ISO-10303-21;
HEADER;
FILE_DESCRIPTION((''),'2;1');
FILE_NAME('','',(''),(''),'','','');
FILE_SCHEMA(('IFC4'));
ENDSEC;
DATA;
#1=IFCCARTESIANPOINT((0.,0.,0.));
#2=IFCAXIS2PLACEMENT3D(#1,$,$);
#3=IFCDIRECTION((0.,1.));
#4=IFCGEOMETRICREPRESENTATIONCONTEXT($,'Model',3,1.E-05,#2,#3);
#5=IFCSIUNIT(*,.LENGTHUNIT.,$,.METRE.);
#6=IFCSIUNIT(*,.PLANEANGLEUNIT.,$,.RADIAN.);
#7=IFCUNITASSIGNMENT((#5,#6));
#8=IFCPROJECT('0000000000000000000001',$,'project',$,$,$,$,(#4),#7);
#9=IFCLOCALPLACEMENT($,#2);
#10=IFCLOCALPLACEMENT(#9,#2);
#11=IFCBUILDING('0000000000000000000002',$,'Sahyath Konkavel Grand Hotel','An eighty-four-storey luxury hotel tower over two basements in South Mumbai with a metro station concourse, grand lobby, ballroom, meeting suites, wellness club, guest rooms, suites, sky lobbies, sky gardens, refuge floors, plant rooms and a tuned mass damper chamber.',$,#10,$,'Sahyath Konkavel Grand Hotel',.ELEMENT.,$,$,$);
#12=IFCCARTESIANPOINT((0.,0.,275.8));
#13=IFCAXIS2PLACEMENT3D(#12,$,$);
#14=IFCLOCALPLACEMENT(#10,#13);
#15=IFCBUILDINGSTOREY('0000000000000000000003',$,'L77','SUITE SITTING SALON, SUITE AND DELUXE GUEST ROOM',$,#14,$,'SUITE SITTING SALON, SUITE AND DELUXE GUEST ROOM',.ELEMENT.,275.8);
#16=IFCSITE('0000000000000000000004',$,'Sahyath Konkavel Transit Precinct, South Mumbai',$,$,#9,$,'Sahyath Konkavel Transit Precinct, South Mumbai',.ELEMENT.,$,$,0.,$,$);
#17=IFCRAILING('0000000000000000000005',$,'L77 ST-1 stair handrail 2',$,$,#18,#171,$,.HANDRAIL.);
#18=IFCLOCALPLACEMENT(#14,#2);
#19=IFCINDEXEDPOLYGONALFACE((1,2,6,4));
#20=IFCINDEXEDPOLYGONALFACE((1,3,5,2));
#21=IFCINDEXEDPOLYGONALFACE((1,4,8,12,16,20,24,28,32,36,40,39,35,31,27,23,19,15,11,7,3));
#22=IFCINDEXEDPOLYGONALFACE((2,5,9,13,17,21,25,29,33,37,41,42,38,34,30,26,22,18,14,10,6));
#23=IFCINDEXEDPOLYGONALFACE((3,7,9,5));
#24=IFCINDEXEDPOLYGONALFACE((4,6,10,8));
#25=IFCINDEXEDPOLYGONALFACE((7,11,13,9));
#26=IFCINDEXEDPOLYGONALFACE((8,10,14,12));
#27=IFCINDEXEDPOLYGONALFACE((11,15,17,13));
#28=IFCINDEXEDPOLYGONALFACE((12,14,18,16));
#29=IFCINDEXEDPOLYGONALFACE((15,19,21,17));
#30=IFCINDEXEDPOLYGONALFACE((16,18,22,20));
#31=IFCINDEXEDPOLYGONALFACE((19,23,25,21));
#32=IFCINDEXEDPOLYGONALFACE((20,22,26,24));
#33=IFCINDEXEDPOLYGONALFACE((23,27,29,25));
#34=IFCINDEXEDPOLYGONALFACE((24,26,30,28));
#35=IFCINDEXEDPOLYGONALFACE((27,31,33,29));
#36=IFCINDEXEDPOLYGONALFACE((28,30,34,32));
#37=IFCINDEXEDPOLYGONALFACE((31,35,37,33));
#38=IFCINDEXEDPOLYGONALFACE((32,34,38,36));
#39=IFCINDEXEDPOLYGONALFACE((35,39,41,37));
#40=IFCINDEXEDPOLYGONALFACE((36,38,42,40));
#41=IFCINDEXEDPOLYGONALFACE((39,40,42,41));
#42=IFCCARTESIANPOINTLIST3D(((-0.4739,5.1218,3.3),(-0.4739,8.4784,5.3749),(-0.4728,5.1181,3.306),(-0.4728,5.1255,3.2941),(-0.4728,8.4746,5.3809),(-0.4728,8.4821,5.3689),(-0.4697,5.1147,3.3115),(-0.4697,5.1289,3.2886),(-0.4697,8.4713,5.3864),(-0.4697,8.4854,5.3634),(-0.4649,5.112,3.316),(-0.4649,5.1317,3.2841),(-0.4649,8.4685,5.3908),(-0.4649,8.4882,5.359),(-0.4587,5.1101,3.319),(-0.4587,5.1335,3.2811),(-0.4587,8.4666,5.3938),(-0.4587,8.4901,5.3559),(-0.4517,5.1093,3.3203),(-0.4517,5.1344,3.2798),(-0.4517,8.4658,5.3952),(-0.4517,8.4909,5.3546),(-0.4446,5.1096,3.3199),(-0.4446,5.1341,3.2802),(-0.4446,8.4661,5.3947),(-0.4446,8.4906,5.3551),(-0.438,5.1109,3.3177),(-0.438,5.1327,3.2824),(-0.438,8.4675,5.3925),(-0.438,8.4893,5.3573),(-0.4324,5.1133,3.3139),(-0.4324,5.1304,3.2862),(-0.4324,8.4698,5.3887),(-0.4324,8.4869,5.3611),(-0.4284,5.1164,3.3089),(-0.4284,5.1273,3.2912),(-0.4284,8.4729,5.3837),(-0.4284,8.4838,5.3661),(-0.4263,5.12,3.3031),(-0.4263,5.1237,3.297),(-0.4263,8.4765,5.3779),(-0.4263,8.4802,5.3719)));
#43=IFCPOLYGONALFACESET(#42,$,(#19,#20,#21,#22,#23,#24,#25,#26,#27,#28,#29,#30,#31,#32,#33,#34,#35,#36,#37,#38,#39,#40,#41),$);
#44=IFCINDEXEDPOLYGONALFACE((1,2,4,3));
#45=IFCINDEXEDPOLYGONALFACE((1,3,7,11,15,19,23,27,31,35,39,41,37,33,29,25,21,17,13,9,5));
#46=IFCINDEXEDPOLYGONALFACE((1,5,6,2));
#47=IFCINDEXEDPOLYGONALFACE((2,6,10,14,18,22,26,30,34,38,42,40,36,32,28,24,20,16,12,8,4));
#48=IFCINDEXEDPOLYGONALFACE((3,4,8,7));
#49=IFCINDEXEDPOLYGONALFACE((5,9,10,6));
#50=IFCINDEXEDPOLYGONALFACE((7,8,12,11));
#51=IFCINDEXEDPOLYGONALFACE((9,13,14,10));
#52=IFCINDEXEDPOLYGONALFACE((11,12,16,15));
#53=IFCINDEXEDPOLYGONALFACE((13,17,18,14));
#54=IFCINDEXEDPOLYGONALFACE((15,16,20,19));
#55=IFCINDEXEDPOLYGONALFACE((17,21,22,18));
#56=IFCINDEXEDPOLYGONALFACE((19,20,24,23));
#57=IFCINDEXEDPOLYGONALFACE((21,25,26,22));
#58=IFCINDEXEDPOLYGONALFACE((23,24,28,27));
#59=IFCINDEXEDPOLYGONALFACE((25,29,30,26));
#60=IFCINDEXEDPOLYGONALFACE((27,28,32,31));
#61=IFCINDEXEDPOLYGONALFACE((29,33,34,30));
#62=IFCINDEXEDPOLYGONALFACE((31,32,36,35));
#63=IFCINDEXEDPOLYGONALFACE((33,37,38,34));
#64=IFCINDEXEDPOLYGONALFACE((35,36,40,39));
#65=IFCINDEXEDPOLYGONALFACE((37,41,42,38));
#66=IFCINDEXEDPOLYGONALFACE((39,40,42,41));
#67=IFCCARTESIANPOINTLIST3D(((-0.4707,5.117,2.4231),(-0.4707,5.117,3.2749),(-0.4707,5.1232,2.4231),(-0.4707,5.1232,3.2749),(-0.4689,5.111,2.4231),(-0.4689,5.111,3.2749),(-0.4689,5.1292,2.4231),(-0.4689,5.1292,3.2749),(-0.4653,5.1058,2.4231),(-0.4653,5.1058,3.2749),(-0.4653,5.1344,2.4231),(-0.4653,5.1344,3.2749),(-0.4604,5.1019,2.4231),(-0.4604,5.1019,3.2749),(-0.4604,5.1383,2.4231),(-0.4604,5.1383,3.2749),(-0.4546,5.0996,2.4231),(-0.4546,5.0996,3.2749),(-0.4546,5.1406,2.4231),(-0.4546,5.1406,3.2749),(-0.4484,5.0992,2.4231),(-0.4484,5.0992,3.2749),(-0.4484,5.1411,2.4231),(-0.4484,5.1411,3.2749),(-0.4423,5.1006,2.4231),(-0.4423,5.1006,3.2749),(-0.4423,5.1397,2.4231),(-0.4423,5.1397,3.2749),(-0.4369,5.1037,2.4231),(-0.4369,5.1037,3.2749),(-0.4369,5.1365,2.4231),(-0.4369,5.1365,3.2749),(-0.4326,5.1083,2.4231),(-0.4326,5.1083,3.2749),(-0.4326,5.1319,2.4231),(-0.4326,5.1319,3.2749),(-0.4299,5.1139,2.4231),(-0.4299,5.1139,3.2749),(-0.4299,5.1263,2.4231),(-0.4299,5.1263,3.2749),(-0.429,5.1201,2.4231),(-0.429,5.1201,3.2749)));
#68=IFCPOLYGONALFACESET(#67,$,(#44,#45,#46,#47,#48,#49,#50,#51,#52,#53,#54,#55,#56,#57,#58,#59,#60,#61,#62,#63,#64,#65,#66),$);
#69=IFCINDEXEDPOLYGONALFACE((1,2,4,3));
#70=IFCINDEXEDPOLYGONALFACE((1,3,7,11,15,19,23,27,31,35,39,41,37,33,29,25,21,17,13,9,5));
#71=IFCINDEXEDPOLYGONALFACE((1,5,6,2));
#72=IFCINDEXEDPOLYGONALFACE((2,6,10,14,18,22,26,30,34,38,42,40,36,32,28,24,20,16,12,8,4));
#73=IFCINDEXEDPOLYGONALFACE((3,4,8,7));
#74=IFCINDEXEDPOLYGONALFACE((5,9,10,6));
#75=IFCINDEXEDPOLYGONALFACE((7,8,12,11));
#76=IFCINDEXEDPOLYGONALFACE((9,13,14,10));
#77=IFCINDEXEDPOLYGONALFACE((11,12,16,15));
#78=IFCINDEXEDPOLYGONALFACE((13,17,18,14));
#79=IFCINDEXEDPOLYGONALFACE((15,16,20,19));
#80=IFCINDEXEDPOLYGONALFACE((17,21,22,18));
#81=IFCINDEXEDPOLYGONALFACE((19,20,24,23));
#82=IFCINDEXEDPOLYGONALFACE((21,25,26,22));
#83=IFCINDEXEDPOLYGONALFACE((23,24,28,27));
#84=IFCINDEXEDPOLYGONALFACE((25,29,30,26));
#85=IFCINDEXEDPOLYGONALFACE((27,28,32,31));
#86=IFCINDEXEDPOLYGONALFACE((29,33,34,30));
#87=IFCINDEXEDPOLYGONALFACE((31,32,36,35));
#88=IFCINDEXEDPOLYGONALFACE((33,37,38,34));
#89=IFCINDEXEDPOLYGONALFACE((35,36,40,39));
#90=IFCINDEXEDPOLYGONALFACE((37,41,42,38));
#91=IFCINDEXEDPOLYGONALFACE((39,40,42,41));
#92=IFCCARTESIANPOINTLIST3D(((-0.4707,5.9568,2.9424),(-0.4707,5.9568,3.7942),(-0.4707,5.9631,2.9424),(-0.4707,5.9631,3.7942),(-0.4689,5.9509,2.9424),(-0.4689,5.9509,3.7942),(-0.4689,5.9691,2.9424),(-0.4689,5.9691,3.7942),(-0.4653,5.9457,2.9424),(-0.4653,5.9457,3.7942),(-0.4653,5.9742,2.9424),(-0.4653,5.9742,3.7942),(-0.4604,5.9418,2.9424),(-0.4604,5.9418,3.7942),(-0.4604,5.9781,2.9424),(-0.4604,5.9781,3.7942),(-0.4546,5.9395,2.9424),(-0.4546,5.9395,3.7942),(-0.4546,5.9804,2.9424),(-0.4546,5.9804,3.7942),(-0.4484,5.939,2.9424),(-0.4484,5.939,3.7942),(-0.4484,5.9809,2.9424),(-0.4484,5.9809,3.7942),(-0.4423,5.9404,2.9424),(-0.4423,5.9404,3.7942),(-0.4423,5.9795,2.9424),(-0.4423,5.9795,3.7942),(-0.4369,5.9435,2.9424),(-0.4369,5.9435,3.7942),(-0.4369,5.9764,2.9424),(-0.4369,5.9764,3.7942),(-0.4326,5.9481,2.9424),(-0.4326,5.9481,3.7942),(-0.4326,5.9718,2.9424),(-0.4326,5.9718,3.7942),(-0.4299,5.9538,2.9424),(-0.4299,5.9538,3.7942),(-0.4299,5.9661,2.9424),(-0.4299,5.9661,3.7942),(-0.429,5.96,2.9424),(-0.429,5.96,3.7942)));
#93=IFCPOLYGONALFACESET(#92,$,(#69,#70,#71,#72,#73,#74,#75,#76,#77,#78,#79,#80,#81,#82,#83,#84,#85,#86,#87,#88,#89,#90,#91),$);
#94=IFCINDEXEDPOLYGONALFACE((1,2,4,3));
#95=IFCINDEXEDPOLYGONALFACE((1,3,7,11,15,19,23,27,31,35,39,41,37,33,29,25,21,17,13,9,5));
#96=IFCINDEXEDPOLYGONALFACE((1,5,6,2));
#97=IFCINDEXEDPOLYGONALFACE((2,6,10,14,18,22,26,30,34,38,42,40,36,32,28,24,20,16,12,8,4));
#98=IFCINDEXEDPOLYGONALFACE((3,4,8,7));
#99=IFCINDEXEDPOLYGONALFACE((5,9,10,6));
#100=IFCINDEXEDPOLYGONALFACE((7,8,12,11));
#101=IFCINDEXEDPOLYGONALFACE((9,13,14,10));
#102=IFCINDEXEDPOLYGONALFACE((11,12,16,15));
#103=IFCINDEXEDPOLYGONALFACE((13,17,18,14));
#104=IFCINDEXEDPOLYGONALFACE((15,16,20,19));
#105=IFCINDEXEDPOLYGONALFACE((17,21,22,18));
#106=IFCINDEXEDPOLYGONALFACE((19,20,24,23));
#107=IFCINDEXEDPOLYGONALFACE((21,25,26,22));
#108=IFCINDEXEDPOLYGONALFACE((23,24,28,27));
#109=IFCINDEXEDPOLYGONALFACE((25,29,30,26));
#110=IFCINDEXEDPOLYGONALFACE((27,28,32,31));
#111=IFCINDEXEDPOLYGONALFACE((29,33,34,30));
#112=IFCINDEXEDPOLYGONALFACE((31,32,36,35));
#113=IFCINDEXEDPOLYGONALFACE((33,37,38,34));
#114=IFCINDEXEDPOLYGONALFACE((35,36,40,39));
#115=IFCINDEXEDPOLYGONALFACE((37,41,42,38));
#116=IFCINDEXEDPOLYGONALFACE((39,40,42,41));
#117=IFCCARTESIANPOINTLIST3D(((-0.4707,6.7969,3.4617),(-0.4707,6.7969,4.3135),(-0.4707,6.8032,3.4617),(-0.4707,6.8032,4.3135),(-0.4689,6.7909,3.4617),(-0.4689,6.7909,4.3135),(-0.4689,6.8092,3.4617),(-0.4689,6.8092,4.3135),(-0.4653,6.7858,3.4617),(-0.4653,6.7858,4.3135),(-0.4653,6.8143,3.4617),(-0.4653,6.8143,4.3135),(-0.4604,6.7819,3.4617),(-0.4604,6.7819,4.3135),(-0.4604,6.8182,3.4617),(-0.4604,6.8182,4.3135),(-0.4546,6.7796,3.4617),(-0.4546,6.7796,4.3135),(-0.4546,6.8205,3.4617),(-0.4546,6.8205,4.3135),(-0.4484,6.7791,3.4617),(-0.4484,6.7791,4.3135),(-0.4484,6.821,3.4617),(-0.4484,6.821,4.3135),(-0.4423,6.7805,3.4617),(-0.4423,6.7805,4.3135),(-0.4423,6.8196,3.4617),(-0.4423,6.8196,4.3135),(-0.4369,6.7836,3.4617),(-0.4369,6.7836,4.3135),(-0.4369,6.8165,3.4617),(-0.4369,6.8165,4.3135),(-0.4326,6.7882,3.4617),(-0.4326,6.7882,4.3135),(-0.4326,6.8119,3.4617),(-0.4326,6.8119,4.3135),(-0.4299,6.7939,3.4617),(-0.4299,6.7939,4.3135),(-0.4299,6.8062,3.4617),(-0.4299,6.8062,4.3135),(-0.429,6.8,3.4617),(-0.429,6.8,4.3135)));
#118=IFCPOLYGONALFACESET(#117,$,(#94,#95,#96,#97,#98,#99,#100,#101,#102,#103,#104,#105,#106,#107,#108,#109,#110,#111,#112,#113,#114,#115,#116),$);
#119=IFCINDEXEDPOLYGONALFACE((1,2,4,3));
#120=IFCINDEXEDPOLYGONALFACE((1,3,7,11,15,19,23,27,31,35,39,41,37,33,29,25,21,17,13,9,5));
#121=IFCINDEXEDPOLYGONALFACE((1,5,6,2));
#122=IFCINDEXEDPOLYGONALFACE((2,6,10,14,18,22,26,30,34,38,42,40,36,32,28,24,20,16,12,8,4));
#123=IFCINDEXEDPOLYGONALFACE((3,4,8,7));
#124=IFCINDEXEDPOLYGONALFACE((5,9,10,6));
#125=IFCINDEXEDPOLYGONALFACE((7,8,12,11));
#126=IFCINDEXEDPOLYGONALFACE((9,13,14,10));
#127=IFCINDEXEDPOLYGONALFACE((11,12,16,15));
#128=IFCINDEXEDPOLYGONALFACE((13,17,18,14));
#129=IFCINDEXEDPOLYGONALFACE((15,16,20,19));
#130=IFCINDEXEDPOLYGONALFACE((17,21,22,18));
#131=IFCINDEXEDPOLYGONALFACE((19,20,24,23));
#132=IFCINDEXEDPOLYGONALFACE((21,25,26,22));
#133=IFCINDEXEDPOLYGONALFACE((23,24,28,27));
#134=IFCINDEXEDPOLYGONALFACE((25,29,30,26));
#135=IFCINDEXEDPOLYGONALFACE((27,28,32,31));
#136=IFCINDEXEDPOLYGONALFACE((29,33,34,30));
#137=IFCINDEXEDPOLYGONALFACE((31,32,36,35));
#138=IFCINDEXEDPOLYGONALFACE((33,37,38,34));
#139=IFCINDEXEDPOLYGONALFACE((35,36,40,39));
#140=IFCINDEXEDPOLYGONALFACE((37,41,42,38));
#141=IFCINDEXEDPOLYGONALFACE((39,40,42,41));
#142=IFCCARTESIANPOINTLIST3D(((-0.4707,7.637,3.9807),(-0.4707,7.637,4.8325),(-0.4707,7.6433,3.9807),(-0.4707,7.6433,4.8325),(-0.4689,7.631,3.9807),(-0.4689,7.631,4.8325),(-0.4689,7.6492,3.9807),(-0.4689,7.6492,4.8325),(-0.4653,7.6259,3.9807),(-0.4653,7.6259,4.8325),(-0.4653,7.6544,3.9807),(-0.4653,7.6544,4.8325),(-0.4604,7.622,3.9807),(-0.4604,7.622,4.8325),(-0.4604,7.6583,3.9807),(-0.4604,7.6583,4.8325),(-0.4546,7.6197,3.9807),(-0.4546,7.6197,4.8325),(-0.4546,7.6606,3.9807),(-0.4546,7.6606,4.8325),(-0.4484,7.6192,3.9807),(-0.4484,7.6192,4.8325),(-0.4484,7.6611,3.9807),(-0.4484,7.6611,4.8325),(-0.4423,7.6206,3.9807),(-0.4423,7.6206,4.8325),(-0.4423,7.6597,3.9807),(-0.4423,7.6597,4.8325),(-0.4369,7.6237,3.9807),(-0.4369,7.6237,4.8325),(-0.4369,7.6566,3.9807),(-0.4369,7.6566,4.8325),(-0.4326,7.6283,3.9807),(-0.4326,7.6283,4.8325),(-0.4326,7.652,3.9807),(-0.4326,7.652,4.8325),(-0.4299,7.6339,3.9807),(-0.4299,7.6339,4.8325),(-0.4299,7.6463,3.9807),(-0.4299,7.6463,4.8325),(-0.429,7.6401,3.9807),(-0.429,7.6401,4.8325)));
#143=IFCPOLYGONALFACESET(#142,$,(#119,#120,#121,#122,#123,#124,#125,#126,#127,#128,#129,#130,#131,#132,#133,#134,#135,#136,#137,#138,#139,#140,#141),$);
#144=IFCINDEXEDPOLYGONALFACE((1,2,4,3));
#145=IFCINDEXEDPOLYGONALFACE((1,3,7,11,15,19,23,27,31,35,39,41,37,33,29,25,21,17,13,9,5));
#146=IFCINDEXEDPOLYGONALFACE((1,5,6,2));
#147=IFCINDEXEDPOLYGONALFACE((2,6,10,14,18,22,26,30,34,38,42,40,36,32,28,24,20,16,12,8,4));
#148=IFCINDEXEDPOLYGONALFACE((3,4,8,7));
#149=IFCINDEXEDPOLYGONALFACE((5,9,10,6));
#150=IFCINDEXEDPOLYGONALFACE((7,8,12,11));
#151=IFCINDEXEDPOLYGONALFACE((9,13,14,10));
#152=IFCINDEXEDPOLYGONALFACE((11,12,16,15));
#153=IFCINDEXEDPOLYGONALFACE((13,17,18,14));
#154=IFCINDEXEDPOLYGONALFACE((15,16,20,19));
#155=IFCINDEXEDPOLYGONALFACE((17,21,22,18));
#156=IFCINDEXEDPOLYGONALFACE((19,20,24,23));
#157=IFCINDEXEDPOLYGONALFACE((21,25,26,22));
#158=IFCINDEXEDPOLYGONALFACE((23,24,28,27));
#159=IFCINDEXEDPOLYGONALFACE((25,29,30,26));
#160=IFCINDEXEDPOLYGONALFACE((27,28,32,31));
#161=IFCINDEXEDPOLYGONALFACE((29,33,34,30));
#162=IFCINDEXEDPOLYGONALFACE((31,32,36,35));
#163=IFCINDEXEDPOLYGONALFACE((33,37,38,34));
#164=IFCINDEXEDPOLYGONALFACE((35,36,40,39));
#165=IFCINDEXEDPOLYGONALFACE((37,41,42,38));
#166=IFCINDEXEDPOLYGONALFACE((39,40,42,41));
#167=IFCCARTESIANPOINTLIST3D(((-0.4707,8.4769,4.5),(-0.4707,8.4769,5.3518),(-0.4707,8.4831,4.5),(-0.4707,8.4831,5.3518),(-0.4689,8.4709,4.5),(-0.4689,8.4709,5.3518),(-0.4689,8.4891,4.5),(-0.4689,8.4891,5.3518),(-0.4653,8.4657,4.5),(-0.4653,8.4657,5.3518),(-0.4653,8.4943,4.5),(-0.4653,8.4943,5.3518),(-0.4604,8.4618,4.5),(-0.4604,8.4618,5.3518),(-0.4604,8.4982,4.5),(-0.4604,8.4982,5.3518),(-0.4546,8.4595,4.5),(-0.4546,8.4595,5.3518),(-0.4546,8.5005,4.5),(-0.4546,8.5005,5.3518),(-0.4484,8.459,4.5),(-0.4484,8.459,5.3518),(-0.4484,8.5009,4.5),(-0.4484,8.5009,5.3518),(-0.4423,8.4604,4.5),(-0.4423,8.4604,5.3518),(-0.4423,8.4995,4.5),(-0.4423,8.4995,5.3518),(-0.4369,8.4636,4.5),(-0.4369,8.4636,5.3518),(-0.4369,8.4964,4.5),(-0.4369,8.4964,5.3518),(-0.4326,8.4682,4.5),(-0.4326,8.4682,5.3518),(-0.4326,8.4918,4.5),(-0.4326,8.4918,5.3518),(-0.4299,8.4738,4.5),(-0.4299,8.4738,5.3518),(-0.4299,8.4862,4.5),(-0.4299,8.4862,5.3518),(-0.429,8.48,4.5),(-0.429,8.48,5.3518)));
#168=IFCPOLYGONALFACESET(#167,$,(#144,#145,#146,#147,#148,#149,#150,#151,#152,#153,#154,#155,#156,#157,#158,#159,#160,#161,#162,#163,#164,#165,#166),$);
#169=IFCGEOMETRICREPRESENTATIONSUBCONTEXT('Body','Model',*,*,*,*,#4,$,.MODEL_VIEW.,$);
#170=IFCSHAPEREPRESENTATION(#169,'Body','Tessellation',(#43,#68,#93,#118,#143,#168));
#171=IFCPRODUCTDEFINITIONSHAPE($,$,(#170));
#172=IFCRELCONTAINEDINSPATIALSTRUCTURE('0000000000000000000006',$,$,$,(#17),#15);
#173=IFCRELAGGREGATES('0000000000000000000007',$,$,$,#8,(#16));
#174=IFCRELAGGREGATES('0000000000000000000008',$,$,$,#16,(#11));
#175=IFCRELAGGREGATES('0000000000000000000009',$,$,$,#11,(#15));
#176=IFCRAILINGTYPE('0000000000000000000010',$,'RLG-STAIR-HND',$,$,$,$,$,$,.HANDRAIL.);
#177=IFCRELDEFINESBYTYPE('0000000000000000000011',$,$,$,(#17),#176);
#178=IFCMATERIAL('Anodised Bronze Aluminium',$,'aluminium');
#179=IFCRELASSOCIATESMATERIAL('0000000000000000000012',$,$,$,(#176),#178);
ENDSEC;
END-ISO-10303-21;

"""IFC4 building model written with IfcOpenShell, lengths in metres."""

from ifc_helpers import new_model, si_unit, direction, frame, origin, origin_2d, place, context, subcontext, project, spatial, circle, extrude, material, type_object, element, save


model = new_model("IFC4")

# Units and contexts
model_context = context("Model", 3, precision=1e-05, world=origin(), true_north=direction((0.0, 1.0)))
body_context = subcontext(model_context, "Body", "Model", "MODEL_VIEW")
ifc_project = project(units=[si_unit("LENGTHUNIT", "METRE"), si_unit("PLANEANGLEUNIT", "RADIAN")], contexts=[model_context])

# Site, building, storey
site_placement = place(None, origin())
site = spatial("IfcSite", under=ifc_project, at=site_placement, Name="Sahyath Konkavel Transit Precinct, South Mumbai", LongName="Sahyath Konkavel Transit Precinct, South Mumbai", CompositionType="ELEMENT", RefElevation=0.0)
building_placement = place(site_placement, origin())
building = spatial("IfcBuilding", under=site, at=building_placement, Name="Sahyath Konkavel Grand Hotel", Description="An eighty-four-storey luxury hotel tower over two basements in South Mumbai with a metro station concourse, grand lobby, ballroom, meeting suites, wellness club, guest rooms, suites, sky lobbies, sky gardens, refuge floors, plant rooms and a tuned mass damper chamber.", LongName="Sahyath Konkavel Grand Hotel", CompositionType="ELEMENT")
storey_placement = place(building_placement, frame((0.0, 0.0, 275.8)))
storey = spatial("IfcBuildingStorey", under=building, at=storey_placement, Name="L77", Description="SUITE SITTING SALON, SUITE AND DELUXE GUEST ROOM", LongName="SUITE SITTING SALON, SUITE AND DELUXE GUEST ROOM", CompositionType="ELEMENT", Elevation=275.8)

# Shared definitions
ifc_material_1 = material(Name="Anodised Bronze Aluminium", Category="aluminium")

# Railing
railing_type_1 = type_object("IfcRailingType", Name="RLG-STAIR-HND", PredefinedType="HANDRAIL", material=ifc_material_1)
railing_1_placement = place(storey_placement, frame((-0.45, 5.1201, 2.4231)))
element("IfcRailing", 1, at=railing_1_placement, inside=storey, type_object=railing_type_1, Name="L77 ST-1 stair handrail 2", PredefinedType="HANDRAIL", context=body_context, shape_type="SweptSolid", body=[
    extrude(circle(Radius=0.0239, at=origin_2d()), frame((0.0, 0.0017, 0.877), z_axis=(0.0, 0.850606, 0.525803), x_axis=(-1.0, 0.0, 0.0)), (0.0, 0.0, 1.0), 3.946),
    extrude(circle(Radius=0.021, at=origin_2d()), origin(), (0.0, 0.0, 1.0), 0.8518),
    extrude(circle(Radius=0.021, at=origin_2d()), frame((0.0, 0.8398, 0.5193)), (0.0, 0.0, 1.0), 0.8518),
    extrude(circle(Radius=0.021, at=origin_2d()), frame((0.0, 1.6799, 1.0386)), (0.0, 0.0, 1.0), 0.8518),
    extrude(circle(Radius=0.021, at=origin_2d()), frame((0.0, 2.52, 1.5576)), (0.0, 0.0, 1.0), 0.8518),
    extrude(circle(Radius=0.021, at=origin_2d()), frame((0.0, 3.3599, 2.0769)), (0.0, 0.0, 1.0), 0.8518),
])

save(model, "model.ifc")
